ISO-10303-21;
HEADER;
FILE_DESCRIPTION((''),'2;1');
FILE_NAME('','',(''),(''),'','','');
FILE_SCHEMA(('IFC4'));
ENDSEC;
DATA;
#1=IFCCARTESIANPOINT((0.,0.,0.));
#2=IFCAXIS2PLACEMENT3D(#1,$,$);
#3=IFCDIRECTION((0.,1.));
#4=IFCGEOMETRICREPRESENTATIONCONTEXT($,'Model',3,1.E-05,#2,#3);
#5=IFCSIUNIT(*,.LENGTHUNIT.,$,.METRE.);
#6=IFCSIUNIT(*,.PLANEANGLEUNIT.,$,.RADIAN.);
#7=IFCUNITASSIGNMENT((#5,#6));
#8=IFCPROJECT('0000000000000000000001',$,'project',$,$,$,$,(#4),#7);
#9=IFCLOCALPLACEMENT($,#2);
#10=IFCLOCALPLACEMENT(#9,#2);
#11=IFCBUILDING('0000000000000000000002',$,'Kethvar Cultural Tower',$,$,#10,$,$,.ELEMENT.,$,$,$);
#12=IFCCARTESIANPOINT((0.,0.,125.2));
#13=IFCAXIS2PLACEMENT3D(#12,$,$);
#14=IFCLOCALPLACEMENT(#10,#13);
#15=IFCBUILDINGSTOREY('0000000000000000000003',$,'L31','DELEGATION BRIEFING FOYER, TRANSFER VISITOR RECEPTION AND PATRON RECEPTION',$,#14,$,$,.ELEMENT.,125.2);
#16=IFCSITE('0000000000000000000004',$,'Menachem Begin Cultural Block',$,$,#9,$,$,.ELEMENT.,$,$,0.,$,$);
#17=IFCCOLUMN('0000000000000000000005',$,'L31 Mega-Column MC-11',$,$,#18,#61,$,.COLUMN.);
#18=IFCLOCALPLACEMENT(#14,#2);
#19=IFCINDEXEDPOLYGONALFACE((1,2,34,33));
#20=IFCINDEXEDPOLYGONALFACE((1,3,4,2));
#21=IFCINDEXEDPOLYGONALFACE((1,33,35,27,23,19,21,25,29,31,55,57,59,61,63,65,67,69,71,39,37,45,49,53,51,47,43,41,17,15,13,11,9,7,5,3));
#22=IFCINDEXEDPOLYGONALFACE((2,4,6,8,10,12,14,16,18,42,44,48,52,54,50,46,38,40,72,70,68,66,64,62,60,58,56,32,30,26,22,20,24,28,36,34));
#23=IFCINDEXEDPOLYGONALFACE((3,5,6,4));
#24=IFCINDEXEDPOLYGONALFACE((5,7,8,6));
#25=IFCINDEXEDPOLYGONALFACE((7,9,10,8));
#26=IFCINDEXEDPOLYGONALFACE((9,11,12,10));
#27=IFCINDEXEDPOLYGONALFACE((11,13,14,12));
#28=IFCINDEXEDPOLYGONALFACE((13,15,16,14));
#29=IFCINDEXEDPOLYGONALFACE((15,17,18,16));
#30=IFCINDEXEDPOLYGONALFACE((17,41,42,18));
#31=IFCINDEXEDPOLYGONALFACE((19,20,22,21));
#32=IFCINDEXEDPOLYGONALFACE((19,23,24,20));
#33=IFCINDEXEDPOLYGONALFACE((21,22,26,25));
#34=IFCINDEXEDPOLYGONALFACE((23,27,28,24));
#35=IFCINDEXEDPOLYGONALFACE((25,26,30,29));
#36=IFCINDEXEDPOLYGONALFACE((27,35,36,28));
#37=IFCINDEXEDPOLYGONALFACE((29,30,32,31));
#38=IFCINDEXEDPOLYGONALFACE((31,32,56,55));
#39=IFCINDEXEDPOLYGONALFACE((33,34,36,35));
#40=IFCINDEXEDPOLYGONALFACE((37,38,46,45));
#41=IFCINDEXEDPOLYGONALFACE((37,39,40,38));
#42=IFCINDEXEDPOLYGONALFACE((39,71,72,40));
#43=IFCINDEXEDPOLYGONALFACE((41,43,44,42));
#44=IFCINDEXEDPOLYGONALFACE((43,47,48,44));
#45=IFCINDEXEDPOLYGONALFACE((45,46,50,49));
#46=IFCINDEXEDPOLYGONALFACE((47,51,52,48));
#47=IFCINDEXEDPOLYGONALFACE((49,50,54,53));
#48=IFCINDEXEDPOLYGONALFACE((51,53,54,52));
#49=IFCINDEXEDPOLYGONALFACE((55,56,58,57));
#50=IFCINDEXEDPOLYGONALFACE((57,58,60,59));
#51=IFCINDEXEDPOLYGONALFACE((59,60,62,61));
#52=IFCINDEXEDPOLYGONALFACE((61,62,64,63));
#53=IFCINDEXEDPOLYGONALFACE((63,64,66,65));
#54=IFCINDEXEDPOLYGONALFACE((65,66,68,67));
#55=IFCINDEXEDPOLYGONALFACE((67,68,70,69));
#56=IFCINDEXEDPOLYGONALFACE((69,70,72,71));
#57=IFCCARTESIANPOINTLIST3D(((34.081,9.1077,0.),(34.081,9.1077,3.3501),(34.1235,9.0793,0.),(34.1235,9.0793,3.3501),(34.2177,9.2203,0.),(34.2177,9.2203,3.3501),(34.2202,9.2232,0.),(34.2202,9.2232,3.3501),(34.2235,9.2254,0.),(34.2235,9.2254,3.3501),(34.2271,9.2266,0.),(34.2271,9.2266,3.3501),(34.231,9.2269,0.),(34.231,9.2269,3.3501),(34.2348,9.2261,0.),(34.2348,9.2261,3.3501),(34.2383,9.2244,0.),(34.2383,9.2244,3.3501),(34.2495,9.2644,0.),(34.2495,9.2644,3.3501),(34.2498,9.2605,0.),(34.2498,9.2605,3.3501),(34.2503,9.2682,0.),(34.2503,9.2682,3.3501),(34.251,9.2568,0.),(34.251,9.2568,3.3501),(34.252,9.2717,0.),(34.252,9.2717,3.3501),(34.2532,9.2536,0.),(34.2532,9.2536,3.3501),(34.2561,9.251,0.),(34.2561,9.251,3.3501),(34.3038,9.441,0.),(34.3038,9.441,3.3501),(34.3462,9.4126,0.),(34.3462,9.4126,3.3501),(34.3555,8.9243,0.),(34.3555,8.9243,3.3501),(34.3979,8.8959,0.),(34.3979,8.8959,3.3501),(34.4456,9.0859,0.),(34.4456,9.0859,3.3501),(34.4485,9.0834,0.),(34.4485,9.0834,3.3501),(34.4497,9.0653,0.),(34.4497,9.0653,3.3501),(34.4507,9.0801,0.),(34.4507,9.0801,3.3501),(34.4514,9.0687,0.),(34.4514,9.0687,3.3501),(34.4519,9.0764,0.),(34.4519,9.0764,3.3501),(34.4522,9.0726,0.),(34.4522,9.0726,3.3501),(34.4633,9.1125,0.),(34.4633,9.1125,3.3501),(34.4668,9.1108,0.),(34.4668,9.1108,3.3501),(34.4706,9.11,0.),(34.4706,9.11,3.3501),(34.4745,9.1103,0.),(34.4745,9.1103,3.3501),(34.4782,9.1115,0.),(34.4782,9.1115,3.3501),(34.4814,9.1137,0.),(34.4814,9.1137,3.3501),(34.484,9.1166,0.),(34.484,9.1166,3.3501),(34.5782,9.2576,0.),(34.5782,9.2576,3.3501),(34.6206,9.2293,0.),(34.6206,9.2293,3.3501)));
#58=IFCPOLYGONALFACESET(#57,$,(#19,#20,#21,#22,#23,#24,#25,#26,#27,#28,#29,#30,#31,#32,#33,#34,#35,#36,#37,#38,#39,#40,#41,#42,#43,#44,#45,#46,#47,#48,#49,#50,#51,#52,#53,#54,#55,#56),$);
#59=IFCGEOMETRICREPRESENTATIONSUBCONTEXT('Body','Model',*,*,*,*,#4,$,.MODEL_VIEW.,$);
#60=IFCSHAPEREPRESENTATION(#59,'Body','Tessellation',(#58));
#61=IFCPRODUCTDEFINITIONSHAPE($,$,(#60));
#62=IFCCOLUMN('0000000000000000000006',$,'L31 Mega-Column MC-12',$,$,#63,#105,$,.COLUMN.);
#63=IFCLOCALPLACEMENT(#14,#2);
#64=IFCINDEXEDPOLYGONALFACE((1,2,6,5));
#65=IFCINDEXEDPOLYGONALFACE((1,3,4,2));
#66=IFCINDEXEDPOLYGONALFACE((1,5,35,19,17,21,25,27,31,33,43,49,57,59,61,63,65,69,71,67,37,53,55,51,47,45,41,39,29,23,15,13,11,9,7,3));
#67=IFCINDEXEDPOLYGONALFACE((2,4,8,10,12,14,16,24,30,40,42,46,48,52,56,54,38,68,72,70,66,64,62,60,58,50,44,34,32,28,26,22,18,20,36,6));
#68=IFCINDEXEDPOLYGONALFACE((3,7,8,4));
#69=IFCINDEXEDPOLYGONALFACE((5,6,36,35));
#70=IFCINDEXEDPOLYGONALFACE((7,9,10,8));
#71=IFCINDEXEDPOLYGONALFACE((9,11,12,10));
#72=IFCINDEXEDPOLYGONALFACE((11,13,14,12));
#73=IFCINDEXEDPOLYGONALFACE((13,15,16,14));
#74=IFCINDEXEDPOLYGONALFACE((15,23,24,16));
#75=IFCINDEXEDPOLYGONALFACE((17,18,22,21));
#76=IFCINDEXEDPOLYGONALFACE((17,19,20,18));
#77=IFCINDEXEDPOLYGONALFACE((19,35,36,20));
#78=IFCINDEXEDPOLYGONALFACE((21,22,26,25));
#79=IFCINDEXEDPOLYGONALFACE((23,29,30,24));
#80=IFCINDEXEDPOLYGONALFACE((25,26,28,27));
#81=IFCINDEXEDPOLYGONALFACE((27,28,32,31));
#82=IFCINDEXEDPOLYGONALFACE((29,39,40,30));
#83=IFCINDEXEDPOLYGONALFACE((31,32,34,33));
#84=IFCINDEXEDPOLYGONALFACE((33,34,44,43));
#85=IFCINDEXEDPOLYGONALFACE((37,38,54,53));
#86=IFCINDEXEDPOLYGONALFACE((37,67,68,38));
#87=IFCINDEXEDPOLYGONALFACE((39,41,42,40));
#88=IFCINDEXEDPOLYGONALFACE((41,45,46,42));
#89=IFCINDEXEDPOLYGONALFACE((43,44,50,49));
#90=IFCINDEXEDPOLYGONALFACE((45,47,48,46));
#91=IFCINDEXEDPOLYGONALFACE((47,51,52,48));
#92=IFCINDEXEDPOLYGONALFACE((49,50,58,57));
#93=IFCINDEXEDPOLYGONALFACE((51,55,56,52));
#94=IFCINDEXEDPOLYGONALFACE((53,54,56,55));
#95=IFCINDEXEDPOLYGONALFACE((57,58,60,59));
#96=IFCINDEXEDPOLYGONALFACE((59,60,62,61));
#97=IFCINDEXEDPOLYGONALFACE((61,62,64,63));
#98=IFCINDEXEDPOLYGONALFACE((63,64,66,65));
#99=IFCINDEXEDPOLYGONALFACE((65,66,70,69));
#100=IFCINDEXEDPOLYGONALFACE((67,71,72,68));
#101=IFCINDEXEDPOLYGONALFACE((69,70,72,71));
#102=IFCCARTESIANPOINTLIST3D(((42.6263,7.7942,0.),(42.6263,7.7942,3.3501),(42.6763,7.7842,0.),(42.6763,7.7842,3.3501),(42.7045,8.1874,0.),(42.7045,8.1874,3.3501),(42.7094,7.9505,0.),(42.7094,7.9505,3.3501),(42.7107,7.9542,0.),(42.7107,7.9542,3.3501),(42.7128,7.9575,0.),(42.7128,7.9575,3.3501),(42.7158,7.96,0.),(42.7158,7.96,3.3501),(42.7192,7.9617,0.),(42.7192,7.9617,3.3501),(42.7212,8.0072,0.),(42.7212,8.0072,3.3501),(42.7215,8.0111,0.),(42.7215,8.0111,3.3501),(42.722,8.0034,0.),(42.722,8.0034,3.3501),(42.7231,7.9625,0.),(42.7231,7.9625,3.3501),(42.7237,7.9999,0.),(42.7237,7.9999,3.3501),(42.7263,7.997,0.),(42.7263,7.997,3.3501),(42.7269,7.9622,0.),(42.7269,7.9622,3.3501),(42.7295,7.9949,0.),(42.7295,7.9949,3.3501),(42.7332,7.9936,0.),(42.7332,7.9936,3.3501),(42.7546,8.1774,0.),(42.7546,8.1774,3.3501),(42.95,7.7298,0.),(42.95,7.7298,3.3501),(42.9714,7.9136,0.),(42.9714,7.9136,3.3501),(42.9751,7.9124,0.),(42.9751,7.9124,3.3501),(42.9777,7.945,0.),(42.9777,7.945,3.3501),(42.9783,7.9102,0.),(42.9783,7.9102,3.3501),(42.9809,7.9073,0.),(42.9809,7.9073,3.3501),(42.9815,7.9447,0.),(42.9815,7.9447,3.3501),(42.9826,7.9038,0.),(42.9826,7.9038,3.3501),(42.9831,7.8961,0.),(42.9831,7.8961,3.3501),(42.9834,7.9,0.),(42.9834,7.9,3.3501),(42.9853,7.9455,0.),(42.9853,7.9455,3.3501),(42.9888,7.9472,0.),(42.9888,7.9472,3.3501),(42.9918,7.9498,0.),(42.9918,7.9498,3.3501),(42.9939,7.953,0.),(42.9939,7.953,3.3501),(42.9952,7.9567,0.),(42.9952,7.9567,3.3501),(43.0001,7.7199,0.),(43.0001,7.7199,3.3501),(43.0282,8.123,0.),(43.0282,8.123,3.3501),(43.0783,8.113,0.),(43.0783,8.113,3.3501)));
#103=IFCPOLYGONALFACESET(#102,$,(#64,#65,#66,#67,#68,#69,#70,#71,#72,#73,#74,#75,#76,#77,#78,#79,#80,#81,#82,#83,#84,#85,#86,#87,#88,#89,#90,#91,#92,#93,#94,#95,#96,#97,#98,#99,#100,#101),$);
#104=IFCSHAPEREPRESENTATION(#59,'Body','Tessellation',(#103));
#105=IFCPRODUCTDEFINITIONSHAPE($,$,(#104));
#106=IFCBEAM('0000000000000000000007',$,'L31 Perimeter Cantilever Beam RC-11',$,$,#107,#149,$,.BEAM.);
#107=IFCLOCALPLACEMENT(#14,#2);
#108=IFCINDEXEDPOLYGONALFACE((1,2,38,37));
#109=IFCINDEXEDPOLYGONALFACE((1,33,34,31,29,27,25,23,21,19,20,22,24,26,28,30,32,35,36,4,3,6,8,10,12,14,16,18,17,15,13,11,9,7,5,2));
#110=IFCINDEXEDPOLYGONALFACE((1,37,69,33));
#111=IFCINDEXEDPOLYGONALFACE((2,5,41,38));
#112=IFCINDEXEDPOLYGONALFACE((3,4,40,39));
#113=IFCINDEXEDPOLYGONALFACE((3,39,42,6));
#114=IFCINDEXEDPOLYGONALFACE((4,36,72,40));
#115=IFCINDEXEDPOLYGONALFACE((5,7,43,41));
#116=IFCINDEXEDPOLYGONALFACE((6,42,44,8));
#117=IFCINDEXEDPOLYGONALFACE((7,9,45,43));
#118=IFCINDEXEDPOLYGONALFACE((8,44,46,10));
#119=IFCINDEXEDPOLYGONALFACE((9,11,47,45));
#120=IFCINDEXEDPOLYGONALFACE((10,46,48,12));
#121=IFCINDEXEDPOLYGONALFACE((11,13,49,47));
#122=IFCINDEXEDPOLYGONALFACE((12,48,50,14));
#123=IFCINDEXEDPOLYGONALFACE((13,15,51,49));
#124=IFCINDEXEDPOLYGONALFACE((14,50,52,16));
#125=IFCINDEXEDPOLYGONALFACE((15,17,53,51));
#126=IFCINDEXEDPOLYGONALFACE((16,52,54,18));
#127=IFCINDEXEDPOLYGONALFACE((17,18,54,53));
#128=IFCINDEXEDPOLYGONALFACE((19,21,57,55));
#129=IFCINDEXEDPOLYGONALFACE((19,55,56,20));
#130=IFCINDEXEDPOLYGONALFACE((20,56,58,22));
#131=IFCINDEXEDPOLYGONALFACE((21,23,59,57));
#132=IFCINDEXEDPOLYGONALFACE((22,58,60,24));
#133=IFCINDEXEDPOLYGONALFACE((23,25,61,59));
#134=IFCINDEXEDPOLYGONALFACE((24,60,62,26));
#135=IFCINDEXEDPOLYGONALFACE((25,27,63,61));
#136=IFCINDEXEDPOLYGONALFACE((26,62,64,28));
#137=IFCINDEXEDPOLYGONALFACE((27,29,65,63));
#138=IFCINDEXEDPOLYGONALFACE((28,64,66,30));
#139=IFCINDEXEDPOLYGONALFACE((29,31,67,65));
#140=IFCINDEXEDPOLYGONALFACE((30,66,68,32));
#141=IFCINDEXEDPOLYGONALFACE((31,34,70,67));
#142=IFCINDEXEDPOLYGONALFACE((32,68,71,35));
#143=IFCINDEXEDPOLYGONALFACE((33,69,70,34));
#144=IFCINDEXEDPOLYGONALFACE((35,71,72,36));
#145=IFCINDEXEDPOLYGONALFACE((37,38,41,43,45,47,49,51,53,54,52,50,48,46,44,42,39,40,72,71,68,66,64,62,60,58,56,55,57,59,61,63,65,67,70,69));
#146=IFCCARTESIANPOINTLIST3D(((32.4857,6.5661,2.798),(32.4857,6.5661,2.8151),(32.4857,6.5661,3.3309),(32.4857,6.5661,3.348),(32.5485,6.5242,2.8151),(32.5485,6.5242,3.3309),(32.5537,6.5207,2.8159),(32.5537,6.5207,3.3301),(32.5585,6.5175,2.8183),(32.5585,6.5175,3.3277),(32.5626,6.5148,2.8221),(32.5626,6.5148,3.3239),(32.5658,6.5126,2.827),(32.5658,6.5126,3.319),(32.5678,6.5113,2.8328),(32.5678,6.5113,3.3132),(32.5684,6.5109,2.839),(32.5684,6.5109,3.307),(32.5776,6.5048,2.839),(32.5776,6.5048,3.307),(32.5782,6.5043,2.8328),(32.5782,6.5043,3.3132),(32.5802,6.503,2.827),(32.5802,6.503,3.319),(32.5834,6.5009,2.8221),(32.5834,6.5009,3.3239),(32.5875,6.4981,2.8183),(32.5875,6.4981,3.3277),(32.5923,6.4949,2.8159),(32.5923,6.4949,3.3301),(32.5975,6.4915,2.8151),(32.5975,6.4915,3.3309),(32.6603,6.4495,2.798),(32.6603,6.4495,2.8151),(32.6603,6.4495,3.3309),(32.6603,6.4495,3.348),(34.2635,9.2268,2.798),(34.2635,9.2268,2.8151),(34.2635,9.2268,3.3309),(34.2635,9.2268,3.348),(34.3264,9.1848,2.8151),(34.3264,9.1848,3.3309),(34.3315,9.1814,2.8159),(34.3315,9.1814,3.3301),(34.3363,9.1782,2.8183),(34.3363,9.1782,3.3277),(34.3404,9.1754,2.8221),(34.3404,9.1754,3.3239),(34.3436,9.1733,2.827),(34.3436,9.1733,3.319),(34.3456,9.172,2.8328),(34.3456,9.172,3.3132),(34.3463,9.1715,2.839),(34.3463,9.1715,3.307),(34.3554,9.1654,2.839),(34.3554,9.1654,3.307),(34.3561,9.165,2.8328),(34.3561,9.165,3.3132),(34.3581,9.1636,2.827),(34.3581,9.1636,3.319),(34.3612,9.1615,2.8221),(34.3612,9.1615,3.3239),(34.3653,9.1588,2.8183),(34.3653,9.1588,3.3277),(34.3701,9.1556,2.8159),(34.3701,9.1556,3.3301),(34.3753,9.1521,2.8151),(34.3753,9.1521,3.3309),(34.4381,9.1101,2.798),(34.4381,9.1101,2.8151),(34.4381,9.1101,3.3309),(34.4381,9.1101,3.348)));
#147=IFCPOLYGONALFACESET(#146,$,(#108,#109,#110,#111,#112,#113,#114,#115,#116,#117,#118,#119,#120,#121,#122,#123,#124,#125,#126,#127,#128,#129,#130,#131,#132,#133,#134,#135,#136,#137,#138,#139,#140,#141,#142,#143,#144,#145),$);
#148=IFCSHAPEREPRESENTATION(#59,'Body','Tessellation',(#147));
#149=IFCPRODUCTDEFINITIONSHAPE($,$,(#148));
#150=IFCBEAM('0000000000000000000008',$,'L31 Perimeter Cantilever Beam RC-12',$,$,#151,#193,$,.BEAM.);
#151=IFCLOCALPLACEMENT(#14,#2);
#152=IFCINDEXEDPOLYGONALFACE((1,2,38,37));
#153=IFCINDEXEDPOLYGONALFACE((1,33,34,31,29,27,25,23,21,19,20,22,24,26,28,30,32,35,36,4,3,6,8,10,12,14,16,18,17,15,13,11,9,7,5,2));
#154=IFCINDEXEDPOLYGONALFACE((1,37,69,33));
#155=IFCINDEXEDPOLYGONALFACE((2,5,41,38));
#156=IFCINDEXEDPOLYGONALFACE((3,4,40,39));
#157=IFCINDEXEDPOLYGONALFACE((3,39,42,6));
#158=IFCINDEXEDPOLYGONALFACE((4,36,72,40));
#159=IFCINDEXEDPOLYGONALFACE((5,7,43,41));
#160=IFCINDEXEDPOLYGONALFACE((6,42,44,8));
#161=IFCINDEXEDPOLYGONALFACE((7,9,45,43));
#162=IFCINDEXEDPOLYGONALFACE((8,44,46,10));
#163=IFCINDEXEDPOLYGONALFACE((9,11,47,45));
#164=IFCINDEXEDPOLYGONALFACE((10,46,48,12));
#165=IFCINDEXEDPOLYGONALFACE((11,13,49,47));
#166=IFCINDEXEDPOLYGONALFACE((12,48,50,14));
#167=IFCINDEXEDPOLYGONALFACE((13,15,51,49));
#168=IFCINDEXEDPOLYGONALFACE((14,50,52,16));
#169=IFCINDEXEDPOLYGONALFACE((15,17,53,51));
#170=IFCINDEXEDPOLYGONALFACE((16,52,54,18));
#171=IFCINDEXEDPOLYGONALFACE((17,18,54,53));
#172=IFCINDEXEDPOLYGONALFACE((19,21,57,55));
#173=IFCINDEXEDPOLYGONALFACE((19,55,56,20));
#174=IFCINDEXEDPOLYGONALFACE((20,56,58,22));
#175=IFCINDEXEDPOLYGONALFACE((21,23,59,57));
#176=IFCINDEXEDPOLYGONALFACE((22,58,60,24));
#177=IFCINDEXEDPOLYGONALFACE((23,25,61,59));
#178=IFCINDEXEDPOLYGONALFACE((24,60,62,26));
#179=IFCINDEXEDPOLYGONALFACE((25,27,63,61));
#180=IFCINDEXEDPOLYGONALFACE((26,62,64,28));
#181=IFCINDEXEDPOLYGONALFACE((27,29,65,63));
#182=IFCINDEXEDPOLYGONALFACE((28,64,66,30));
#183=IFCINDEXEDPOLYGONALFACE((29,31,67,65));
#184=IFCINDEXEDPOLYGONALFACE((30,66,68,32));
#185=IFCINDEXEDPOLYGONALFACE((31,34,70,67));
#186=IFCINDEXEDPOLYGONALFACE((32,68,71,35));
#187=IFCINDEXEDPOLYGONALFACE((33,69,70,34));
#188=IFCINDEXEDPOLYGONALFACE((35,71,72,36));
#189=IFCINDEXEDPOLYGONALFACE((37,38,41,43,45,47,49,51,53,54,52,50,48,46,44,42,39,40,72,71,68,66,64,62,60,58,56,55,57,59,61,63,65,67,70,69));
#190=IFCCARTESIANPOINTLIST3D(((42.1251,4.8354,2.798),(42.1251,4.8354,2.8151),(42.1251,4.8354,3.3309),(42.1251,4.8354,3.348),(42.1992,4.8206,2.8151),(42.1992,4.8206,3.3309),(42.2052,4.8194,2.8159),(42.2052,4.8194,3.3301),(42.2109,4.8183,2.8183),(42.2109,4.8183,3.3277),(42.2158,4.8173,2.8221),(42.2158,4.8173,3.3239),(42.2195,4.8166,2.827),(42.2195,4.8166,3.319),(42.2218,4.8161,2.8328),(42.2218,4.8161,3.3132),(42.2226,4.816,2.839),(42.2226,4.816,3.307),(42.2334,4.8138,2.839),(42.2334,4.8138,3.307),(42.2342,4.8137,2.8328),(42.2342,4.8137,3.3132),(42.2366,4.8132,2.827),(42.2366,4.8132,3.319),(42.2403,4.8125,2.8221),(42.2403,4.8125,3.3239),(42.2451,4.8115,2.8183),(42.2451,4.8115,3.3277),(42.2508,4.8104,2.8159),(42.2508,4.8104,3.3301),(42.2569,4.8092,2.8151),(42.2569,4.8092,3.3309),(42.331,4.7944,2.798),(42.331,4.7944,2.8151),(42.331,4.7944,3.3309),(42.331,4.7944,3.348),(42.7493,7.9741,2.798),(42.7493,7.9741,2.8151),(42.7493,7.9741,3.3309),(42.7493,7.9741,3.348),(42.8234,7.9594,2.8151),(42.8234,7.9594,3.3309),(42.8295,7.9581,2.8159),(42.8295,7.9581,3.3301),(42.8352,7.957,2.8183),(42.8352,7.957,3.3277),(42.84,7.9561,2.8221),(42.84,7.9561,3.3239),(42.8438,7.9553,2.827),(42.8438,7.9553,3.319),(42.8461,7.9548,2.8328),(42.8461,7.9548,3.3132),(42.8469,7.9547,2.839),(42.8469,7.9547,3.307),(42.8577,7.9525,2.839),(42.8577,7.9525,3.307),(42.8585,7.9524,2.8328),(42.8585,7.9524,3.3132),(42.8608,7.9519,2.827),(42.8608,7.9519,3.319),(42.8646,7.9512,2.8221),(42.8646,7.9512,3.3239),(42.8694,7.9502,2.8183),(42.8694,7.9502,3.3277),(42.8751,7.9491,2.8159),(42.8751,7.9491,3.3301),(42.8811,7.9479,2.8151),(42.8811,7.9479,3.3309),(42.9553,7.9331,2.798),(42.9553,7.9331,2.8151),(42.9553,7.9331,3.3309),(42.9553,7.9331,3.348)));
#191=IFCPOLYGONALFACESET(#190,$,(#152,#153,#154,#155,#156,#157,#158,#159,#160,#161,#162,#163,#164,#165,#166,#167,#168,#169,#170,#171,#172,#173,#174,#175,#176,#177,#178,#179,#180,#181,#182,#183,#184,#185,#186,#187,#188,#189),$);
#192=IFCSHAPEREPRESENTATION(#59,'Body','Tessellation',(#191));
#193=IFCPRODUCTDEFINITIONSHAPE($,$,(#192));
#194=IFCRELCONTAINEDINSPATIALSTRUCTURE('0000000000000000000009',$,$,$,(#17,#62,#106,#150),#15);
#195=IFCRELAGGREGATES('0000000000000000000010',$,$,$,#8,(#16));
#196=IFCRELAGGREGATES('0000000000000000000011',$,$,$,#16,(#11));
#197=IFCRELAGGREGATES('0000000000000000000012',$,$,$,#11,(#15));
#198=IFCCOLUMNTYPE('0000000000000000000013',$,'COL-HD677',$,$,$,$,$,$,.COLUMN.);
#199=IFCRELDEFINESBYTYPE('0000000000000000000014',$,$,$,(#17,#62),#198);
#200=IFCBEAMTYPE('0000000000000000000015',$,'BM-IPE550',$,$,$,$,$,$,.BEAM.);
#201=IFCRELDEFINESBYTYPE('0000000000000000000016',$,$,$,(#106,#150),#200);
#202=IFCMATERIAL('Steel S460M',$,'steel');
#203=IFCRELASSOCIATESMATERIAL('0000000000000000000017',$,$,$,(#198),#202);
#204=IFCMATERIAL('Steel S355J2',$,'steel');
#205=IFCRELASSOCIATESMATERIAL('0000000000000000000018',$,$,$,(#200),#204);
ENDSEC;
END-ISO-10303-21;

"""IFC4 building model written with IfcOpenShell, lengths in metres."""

from ifc_helpers import new_model, si_unit, direction, frame, origin, origin_2d, place, context, subcontext, project, spatial, i_section, extrude, source, transform, mapped, material, material_profile, profile_set, type_object, element, save


model = new_model("IFC4")

# Units and contexts
model_context = context("Model", 3, precision=1e-05, world=origin(), true_north=direction((0.0, 1.0)))
body_context = subcontext(model_context, "Body", "Model", "MODEL_VIEW")
ifc_project = project(units=[si_unit("LENGTHUNIT", "METRE"), si_unit("PLANEANGLEUNIT", "RADIAN")], contexts=[model_context])

# Site, building, storey
site_placement = place(None, origin())
site = spatial("IfcSite", under=ifc_project, at=site_placement, Name="Menachem Begin Cultural Block", CompositionType="ELEMENT", RefElevation=0.0)
building_placement = place(site_placement, origin())
building = spatial("IfcBuilding", under=site, at=building_placement, Name="Kethvar Cultural Tower", CompositionType="ELEMENT")
storey_placement = place(building_placement, frame((0.0, 0.0, 125.2)))
storey = spatial("IfcBuildingStorey", under=building, at=storey_placement, Name="L31", Description="DELEGATION BRIEFING FOYER, TRANSFER VISITOR RECEPTION AND PATRON RECEPTION", CompositionType="ELEMENT", Elevation=125.2)

# Columns
ifc_material_1 = material(Name="Steel S460M", Category="steel")
ifc_material_profile_1 = material_profile(ifc_material_1, i_section(OverallWidth=0.4009, OverallDepth=0.3811, WebThickness=0.032, FlangeThickness=0.051, FilletRadius=0.0149, at=origin_2d()), Name="Steel S460M — HD400x677")
ifc_profile_set_1 = profile_set([ifc_material_profile_1], Name="Steel S460M — HD400x677")
column_type = type_object("IfcColumnType", Name="COL-HD677", PredefinedType="COLUMN", material=ifc_profile_set_1)
shared_shape_1 = source(origin(), body_context, "Body", "SweptSolid", [
    extrude(i_section(OverallWidth=0.4009, OverallDepth=0.3811, WebThickness=0.032, FlangeThickness=0.051, FilletRadius=0.0149, at=origin_2d()), origin(), (0.0, 0.0, 1.0), 3.3501),
])
for number, where, z_axis, x_axis, name in (
    (1, (34.3508, 9.1685, 0.0), (0.0, 0.0, 1.0), (-0.55557, -0.83147, 0.0), "L31 Mega-Column MC-11"),
    (2, (42.8523, 7.9536, 0.0), (0.0, 0.0, 1.0), (-0.19509, -0.980785, 0.0), "L31 Mega-Column MC-12"),
):
    element("IfcColumn", number, at=place(storey_placement, frame(where, z_axis=z_axis, x_axis=x_axis)), inside=storey, type_object=column_type, Name=name, PredefinedType="COLUMN", context=body_context, shape_type="MappedRepresentation", body=[
        mapped(shared_shape_1, transform((0.0, 0.0, 0.0), scale=1.0)),
    ])

# Beams
ifc_material_2 = material(Name="Steel S355J2", Category="steel")
ifc_material_profile_2 = material_profile(ifc_material_2, i_section(OverallWidth=0.21, OverallDepth=0.55, WebThickness=0.011, FlangeThickness=0.0171, FilletRadius=0.0239, at=origin_2d()), Name="Steel S355J2 — IPE550")
ifc_profile_set_2 = profile_set([ifc_material_profile_2], Name="Steel S355J2 — IPE550")
beam_type_1 = type_object("IfcBeamType", Name="BM-IPE550", PredefinedType="BEAM", material=ifc_profile_set_2)
shared_shape_2 = source(origin(), body_context, "Body", "SweptSolid", [
    extrude(i_section(OverallWidth=0.21, OverallDepth=0.55, WebThickness=0.011, FlangeThickness=0.0171, FilletRadius=0.0239, at=origin_2d()), origin(), (0.0, 0.0, 1.0), 3.2),
])
beam_1_placement = place(storey_placement, frame((34.3508, 9.1685, 3.073), z_axis=(-0.55558, -0.831463, 0.0), x_axis=(0.831463, -0.55558, 0.0)))
element("IfcBeam", 3, at=beam_1_placement, inside=storey, type_object=beam_type_1, Name="L31 Perimeter Cantilever Beam RC-11", PredefinedType="BEAM", context=body_context, shape_type="MappedRepresentation", body=[
    mapped(shared_shape_2, transform((0.0, 0.0, 0.0), scale=1.0)),
])
shared_shape_3 = source(origin(), body_context, "Body", "SweptSolid", [
    extrude(i_section(OverallWidth=0.21, OverallDepth=0.55, WebThickness=0.011, FlangeThickness=0.0171, FilletRadius=0.0239, at=origin_2d()), origin(), (0.0, 0.0, 1.0), 3.2002),
])
beam_2_placement = place(storey_placement, frame((42.8523, 7.9536, 3.073), z_axis=(-0.195074, -0.980788, 0.0), x_axis=(0.980788, -0.195074, 0.0)))
element("IfcBeam", 4, at=beam_2_placement, inside=storey, type_object=beam_type_1, Name="L31 Perimeter Cantilever Beam RC-12", PredefinedType="BEAM", context=body_context, shape_type="MappedRepresentation", body=[
    mapped(shared_shape_3, transform((0.0, 0.0, 0.0), scale=1.0)),
])

save(model, "model.ifc")
